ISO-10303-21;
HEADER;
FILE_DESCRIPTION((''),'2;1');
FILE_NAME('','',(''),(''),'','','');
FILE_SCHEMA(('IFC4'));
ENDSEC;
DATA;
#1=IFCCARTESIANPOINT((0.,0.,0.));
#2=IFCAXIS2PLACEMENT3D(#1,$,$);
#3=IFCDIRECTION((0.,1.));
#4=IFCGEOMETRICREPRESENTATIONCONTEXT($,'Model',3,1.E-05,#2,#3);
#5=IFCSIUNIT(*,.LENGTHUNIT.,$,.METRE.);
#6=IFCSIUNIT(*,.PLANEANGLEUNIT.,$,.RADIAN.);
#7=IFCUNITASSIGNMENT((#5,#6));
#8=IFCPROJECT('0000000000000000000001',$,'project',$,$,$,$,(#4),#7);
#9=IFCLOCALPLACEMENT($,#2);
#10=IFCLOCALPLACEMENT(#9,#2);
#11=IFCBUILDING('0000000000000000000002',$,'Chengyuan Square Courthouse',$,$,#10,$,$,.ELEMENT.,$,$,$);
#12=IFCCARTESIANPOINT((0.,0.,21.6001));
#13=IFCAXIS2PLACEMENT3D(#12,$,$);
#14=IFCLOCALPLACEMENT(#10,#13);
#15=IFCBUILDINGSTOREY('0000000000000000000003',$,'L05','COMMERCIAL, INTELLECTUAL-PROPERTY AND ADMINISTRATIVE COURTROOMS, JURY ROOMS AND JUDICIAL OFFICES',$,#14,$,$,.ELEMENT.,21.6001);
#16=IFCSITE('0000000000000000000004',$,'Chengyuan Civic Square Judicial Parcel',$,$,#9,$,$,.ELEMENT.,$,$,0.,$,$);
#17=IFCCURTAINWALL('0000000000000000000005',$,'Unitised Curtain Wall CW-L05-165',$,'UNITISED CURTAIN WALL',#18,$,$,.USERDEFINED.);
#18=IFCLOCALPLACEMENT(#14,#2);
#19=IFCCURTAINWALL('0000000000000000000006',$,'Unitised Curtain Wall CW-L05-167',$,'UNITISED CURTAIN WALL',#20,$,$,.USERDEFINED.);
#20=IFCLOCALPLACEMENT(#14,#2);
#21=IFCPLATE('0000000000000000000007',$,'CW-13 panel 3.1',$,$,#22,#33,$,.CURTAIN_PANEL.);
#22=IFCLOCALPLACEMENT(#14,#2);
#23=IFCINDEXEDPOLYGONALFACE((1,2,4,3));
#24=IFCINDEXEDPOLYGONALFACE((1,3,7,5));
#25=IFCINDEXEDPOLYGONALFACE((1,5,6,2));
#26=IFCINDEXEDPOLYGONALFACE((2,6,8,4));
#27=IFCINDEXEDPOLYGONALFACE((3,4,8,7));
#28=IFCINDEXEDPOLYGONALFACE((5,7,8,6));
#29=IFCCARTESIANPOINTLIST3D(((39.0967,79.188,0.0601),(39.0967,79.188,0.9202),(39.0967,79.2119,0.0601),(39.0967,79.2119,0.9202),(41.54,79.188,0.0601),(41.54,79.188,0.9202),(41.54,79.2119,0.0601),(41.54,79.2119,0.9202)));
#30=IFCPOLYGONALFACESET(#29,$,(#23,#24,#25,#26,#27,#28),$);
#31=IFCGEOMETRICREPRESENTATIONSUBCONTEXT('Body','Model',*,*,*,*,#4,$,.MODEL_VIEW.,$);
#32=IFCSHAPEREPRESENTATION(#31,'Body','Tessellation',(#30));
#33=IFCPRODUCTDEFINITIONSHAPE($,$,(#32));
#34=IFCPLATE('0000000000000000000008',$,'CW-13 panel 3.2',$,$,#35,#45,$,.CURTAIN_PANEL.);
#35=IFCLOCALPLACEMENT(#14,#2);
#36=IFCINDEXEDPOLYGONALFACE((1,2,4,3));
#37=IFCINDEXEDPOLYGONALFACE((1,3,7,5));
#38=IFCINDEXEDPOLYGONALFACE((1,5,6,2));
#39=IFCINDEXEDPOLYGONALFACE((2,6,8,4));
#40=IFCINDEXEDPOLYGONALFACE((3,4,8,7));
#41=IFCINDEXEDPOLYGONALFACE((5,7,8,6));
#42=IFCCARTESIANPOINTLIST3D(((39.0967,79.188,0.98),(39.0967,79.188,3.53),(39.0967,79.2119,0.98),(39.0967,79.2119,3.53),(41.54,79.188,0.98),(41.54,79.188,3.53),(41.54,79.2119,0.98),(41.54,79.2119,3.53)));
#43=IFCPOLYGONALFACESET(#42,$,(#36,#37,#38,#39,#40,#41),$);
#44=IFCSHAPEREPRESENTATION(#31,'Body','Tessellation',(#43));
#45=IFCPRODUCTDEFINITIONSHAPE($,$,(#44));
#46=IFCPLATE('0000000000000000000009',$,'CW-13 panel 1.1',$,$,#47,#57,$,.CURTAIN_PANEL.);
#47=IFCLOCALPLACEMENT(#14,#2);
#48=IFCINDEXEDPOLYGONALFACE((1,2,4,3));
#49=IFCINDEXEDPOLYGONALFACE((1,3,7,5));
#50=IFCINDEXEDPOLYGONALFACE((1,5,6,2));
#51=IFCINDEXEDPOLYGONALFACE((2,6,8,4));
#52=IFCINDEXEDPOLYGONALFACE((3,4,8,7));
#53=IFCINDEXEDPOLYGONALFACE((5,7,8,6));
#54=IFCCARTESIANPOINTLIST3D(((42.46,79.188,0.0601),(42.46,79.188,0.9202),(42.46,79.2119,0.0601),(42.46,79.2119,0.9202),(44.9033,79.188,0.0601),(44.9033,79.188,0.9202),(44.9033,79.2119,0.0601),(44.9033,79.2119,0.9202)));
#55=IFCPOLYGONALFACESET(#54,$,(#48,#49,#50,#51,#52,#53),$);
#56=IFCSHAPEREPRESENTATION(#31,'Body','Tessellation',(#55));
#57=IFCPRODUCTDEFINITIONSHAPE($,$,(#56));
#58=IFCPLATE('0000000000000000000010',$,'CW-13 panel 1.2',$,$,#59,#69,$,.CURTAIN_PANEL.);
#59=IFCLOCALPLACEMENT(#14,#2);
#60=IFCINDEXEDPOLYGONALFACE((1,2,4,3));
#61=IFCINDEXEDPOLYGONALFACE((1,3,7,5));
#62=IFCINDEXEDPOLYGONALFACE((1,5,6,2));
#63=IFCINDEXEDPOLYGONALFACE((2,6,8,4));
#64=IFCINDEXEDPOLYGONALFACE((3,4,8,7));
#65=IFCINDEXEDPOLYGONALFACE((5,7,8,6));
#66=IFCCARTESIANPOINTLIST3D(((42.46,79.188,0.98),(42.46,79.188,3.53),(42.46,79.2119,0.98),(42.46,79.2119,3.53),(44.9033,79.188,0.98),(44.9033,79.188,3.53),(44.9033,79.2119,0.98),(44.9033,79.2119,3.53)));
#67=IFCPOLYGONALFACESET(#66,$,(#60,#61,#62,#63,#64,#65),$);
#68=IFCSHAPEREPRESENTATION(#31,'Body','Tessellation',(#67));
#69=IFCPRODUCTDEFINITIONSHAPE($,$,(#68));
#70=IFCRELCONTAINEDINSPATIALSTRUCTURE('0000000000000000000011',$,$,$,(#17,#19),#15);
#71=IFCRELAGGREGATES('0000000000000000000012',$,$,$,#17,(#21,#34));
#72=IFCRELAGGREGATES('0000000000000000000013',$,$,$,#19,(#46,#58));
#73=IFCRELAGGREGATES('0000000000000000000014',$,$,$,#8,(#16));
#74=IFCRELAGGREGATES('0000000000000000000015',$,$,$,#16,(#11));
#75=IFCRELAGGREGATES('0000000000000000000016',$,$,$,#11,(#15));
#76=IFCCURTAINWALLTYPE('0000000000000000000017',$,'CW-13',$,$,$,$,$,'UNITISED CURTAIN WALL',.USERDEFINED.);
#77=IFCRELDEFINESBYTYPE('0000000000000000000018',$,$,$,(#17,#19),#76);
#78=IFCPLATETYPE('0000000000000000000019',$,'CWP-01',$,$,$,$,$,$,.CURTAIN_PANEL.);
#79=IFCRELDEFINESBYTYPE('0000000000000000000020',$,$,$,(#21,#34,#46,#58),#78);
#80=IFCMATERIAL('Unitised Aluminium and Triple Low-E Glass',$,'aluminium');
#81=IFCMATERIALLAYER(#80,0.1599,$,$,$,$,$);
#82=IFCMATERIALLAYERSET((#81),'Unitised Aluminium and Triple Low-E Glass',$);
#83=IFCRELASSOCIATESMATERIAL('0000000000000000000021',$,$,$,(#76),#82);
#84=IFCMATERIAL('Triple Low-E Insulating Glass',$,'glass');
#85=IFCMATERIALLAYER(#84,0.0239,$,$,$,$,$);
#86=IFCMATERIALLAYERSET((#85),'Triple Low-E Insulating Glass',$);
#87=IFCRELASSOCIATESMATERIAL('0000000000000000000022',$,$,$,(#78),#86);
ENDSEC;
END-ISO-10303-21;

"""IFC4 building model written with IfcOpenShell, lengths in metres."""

from ifc_helpers import new_model, si_unit, direction, frame, origin, origin_2d, place, context, subcontext, project, spatial, rectangle, extrude, material, layer, layer_set, type_object, element, aggregate, save


model = new_model("IFC4")

# Units and contexts
model_context = context("Model", 3, precision=1e-05, world=origin(), true_north=direction((0.0, 1.0)))
body_context = subcontext(model_context, "Body", "Model", "MODEL_VIEW")
ifc_project = project(units=[si_unit("LENGTHUNIT", "METRE"), si_unit("PLANEANGLEUNIT", "RADIAN")], contexts=[model_context])

# Site, building, storey
site_placement = place(None, origin())
site = spatial("IfcSite", under=ifc_project, at=site_placement, Name="Chengyuan Civic Square Judicial Parcel", CompositionType="ELEMENT", RefElevation=0.0)
building_placement = place(site_placement, origin())
building = spatial("IfcBuilding", under=site, at=building_placement, Name="Chengyuan Square Courthouse", CompositionType="ELEMENT")
storey_placement = place(building_placement, frame((0.0, 0.0, 21.6001)))
storey = spatial("IfcBuildingStorey", under=building, at=storey_placement, Name="L05", Description="COMMERCIAL, INTELLECTUAL-PROPERTY AND ADMINISTRATIVE COURTROOMS, JURY ROOMS AND JUDICIAL OFFICES", CompositionType="ELEMENT", Elevation=21.6001)

# Shared definitions
ifc_material_1 = material(Name="Unitised Aluminium and Triple Low-E Glass", Category="aluminium")
ifc_layer_1 = layer(ifc_material_1, 0.1599)
ifc_layer_set_1 = layer_set([ifc_layer_1], Name="Unitised Aluminium and Triple Low-E Glass")
curtain_wall_type = type_object("IfcCurtainWallType", Name="CW-13", ElementType="UNITISED CURTAIN WALL", PredefinedType="USERDEFINED", material=ifc_layer_set_1)

# Curtain walls
curtain_wall_1_placement = place(storey_placement, origin())
curtain_wall_1 = element("IfcCurtainWall", 1, at=curtain_wall_1_placement, inside=storey, type_object=curtain_wall_type, Name="Unitised Curtain Wall CW-L05-165", ObjectType="UNITISED CURTAIN WALL", PredefinedType="USERDEFINED")
curtain_wall_2_placement = place(storey_placement, origin())
curtain_wall_2 = element("IfcCurtainWall", 2, at=curtain_wall_2_placement, inside=storey, type_object=curtain_wall_type, Name="Unitised Curtain Wall CW-L05-167", ObjectType="UNITISED CURTAIN WALL", PredefinedType="USERDEFINED")

# Plates
ifc_material_2 = material(Name="Triple Low-E Insulating Glass", Category="glass")
ifc_layer_2 = layer(ifc_material_2, 0.0239)
ifc_layer_set_2 = layer_set([ifc_layer_2], Name="Triple Low-E Insulating Glass")
plate_type = type_object("IfcPlateType", Name="CWP-01", PredefinedType="CURTAIN_PANEL", material=ifc_layer_set_2)
plate_1_placement = place(storey_placement, frame((40.3184, 79.2, 0.0601), z_axis=(0.0, 0.0, 1.0), x_axis=(1.0, 0.0, 0.0)))
plate_1 = element("IfcPlate", 3, at=plate_1_placement, type_object=plate_type, Name="CW-13 panel 3.1", PredefinedType="CURTAIN_PANEL", context=body_context, shape_type="SweptSolid", body=[
    extrude(rectangle(XDim=2.4434, YDim=0.0239, at=origin_2d()), origin(), (0.0, 0.0, 1.0), 0.8601),
])
plate_2_placement = place(storey_placement, frame((40.3184, 79.2, 0.98), z_axis=(0.0, 0.0, 1.0), x_axis=(1.0, 0.0, 0.0)))
plate_2 = element("IfcPlate", 4, at=plate_2_placement, type_object=plate_type, Name="CW-13 panel 3.2", PredefinedType="CURTAIN_PANEL", context=body_context, shape_type="SweptSolid", body=[
    extrude(rectangle(XDim=2.4434, YDim=0.0239, at=origin_2d()), origin(), (0.0, 0.0, 1.0), 2.55),
])
aggregate(curtain_wall_1, [plate_1, plate_2])
plate_3_placement = place(storey_placement, frame((43.6816, 79.2, 0.0601), z_axis=(0.0, 0.0, 1.0), x_axis=(1.0, 0.0, 0.0)))
plate_3 = element("IfcPlate", 5, at=plate_3_placement, type_object=plate_type, Name="CW-13 panel 1.1", PredefinedType="CURTAIN_PANEL", context=body_context, shape_type="SweptSolid", body=[
    extrude(rectangle(XDim=2.4434, YDim=0.0239, at=origin_2d()), origin(), (0.0, 0.0, 1.0), 0.8601),
])
plate_4_placement = place(storey_placement, frame((43.6816, 79.2, 0.98), z_axis=(0.0, 0.0, 1.0), x_axis=(1.0, 0.0, 0.0)))
plate_4 = element("IfcPlate", 6, at=plate_4_placement, type_object=plate_type, Name="CW-13 panel 1.2", PredefinedType="CURTAIN_PANEL", context=body_context, shape_type="SweptSolid", body=[
    extrude(rectangle(XDim=2.4434, YDim=0.0239, at=origin_2d()), origin(), (0.0, 0.0, 1.0), 2.55),
])
aggregate(curtain_wall_2, [plate_3, plate_4])

save(model, "model.ifc")
